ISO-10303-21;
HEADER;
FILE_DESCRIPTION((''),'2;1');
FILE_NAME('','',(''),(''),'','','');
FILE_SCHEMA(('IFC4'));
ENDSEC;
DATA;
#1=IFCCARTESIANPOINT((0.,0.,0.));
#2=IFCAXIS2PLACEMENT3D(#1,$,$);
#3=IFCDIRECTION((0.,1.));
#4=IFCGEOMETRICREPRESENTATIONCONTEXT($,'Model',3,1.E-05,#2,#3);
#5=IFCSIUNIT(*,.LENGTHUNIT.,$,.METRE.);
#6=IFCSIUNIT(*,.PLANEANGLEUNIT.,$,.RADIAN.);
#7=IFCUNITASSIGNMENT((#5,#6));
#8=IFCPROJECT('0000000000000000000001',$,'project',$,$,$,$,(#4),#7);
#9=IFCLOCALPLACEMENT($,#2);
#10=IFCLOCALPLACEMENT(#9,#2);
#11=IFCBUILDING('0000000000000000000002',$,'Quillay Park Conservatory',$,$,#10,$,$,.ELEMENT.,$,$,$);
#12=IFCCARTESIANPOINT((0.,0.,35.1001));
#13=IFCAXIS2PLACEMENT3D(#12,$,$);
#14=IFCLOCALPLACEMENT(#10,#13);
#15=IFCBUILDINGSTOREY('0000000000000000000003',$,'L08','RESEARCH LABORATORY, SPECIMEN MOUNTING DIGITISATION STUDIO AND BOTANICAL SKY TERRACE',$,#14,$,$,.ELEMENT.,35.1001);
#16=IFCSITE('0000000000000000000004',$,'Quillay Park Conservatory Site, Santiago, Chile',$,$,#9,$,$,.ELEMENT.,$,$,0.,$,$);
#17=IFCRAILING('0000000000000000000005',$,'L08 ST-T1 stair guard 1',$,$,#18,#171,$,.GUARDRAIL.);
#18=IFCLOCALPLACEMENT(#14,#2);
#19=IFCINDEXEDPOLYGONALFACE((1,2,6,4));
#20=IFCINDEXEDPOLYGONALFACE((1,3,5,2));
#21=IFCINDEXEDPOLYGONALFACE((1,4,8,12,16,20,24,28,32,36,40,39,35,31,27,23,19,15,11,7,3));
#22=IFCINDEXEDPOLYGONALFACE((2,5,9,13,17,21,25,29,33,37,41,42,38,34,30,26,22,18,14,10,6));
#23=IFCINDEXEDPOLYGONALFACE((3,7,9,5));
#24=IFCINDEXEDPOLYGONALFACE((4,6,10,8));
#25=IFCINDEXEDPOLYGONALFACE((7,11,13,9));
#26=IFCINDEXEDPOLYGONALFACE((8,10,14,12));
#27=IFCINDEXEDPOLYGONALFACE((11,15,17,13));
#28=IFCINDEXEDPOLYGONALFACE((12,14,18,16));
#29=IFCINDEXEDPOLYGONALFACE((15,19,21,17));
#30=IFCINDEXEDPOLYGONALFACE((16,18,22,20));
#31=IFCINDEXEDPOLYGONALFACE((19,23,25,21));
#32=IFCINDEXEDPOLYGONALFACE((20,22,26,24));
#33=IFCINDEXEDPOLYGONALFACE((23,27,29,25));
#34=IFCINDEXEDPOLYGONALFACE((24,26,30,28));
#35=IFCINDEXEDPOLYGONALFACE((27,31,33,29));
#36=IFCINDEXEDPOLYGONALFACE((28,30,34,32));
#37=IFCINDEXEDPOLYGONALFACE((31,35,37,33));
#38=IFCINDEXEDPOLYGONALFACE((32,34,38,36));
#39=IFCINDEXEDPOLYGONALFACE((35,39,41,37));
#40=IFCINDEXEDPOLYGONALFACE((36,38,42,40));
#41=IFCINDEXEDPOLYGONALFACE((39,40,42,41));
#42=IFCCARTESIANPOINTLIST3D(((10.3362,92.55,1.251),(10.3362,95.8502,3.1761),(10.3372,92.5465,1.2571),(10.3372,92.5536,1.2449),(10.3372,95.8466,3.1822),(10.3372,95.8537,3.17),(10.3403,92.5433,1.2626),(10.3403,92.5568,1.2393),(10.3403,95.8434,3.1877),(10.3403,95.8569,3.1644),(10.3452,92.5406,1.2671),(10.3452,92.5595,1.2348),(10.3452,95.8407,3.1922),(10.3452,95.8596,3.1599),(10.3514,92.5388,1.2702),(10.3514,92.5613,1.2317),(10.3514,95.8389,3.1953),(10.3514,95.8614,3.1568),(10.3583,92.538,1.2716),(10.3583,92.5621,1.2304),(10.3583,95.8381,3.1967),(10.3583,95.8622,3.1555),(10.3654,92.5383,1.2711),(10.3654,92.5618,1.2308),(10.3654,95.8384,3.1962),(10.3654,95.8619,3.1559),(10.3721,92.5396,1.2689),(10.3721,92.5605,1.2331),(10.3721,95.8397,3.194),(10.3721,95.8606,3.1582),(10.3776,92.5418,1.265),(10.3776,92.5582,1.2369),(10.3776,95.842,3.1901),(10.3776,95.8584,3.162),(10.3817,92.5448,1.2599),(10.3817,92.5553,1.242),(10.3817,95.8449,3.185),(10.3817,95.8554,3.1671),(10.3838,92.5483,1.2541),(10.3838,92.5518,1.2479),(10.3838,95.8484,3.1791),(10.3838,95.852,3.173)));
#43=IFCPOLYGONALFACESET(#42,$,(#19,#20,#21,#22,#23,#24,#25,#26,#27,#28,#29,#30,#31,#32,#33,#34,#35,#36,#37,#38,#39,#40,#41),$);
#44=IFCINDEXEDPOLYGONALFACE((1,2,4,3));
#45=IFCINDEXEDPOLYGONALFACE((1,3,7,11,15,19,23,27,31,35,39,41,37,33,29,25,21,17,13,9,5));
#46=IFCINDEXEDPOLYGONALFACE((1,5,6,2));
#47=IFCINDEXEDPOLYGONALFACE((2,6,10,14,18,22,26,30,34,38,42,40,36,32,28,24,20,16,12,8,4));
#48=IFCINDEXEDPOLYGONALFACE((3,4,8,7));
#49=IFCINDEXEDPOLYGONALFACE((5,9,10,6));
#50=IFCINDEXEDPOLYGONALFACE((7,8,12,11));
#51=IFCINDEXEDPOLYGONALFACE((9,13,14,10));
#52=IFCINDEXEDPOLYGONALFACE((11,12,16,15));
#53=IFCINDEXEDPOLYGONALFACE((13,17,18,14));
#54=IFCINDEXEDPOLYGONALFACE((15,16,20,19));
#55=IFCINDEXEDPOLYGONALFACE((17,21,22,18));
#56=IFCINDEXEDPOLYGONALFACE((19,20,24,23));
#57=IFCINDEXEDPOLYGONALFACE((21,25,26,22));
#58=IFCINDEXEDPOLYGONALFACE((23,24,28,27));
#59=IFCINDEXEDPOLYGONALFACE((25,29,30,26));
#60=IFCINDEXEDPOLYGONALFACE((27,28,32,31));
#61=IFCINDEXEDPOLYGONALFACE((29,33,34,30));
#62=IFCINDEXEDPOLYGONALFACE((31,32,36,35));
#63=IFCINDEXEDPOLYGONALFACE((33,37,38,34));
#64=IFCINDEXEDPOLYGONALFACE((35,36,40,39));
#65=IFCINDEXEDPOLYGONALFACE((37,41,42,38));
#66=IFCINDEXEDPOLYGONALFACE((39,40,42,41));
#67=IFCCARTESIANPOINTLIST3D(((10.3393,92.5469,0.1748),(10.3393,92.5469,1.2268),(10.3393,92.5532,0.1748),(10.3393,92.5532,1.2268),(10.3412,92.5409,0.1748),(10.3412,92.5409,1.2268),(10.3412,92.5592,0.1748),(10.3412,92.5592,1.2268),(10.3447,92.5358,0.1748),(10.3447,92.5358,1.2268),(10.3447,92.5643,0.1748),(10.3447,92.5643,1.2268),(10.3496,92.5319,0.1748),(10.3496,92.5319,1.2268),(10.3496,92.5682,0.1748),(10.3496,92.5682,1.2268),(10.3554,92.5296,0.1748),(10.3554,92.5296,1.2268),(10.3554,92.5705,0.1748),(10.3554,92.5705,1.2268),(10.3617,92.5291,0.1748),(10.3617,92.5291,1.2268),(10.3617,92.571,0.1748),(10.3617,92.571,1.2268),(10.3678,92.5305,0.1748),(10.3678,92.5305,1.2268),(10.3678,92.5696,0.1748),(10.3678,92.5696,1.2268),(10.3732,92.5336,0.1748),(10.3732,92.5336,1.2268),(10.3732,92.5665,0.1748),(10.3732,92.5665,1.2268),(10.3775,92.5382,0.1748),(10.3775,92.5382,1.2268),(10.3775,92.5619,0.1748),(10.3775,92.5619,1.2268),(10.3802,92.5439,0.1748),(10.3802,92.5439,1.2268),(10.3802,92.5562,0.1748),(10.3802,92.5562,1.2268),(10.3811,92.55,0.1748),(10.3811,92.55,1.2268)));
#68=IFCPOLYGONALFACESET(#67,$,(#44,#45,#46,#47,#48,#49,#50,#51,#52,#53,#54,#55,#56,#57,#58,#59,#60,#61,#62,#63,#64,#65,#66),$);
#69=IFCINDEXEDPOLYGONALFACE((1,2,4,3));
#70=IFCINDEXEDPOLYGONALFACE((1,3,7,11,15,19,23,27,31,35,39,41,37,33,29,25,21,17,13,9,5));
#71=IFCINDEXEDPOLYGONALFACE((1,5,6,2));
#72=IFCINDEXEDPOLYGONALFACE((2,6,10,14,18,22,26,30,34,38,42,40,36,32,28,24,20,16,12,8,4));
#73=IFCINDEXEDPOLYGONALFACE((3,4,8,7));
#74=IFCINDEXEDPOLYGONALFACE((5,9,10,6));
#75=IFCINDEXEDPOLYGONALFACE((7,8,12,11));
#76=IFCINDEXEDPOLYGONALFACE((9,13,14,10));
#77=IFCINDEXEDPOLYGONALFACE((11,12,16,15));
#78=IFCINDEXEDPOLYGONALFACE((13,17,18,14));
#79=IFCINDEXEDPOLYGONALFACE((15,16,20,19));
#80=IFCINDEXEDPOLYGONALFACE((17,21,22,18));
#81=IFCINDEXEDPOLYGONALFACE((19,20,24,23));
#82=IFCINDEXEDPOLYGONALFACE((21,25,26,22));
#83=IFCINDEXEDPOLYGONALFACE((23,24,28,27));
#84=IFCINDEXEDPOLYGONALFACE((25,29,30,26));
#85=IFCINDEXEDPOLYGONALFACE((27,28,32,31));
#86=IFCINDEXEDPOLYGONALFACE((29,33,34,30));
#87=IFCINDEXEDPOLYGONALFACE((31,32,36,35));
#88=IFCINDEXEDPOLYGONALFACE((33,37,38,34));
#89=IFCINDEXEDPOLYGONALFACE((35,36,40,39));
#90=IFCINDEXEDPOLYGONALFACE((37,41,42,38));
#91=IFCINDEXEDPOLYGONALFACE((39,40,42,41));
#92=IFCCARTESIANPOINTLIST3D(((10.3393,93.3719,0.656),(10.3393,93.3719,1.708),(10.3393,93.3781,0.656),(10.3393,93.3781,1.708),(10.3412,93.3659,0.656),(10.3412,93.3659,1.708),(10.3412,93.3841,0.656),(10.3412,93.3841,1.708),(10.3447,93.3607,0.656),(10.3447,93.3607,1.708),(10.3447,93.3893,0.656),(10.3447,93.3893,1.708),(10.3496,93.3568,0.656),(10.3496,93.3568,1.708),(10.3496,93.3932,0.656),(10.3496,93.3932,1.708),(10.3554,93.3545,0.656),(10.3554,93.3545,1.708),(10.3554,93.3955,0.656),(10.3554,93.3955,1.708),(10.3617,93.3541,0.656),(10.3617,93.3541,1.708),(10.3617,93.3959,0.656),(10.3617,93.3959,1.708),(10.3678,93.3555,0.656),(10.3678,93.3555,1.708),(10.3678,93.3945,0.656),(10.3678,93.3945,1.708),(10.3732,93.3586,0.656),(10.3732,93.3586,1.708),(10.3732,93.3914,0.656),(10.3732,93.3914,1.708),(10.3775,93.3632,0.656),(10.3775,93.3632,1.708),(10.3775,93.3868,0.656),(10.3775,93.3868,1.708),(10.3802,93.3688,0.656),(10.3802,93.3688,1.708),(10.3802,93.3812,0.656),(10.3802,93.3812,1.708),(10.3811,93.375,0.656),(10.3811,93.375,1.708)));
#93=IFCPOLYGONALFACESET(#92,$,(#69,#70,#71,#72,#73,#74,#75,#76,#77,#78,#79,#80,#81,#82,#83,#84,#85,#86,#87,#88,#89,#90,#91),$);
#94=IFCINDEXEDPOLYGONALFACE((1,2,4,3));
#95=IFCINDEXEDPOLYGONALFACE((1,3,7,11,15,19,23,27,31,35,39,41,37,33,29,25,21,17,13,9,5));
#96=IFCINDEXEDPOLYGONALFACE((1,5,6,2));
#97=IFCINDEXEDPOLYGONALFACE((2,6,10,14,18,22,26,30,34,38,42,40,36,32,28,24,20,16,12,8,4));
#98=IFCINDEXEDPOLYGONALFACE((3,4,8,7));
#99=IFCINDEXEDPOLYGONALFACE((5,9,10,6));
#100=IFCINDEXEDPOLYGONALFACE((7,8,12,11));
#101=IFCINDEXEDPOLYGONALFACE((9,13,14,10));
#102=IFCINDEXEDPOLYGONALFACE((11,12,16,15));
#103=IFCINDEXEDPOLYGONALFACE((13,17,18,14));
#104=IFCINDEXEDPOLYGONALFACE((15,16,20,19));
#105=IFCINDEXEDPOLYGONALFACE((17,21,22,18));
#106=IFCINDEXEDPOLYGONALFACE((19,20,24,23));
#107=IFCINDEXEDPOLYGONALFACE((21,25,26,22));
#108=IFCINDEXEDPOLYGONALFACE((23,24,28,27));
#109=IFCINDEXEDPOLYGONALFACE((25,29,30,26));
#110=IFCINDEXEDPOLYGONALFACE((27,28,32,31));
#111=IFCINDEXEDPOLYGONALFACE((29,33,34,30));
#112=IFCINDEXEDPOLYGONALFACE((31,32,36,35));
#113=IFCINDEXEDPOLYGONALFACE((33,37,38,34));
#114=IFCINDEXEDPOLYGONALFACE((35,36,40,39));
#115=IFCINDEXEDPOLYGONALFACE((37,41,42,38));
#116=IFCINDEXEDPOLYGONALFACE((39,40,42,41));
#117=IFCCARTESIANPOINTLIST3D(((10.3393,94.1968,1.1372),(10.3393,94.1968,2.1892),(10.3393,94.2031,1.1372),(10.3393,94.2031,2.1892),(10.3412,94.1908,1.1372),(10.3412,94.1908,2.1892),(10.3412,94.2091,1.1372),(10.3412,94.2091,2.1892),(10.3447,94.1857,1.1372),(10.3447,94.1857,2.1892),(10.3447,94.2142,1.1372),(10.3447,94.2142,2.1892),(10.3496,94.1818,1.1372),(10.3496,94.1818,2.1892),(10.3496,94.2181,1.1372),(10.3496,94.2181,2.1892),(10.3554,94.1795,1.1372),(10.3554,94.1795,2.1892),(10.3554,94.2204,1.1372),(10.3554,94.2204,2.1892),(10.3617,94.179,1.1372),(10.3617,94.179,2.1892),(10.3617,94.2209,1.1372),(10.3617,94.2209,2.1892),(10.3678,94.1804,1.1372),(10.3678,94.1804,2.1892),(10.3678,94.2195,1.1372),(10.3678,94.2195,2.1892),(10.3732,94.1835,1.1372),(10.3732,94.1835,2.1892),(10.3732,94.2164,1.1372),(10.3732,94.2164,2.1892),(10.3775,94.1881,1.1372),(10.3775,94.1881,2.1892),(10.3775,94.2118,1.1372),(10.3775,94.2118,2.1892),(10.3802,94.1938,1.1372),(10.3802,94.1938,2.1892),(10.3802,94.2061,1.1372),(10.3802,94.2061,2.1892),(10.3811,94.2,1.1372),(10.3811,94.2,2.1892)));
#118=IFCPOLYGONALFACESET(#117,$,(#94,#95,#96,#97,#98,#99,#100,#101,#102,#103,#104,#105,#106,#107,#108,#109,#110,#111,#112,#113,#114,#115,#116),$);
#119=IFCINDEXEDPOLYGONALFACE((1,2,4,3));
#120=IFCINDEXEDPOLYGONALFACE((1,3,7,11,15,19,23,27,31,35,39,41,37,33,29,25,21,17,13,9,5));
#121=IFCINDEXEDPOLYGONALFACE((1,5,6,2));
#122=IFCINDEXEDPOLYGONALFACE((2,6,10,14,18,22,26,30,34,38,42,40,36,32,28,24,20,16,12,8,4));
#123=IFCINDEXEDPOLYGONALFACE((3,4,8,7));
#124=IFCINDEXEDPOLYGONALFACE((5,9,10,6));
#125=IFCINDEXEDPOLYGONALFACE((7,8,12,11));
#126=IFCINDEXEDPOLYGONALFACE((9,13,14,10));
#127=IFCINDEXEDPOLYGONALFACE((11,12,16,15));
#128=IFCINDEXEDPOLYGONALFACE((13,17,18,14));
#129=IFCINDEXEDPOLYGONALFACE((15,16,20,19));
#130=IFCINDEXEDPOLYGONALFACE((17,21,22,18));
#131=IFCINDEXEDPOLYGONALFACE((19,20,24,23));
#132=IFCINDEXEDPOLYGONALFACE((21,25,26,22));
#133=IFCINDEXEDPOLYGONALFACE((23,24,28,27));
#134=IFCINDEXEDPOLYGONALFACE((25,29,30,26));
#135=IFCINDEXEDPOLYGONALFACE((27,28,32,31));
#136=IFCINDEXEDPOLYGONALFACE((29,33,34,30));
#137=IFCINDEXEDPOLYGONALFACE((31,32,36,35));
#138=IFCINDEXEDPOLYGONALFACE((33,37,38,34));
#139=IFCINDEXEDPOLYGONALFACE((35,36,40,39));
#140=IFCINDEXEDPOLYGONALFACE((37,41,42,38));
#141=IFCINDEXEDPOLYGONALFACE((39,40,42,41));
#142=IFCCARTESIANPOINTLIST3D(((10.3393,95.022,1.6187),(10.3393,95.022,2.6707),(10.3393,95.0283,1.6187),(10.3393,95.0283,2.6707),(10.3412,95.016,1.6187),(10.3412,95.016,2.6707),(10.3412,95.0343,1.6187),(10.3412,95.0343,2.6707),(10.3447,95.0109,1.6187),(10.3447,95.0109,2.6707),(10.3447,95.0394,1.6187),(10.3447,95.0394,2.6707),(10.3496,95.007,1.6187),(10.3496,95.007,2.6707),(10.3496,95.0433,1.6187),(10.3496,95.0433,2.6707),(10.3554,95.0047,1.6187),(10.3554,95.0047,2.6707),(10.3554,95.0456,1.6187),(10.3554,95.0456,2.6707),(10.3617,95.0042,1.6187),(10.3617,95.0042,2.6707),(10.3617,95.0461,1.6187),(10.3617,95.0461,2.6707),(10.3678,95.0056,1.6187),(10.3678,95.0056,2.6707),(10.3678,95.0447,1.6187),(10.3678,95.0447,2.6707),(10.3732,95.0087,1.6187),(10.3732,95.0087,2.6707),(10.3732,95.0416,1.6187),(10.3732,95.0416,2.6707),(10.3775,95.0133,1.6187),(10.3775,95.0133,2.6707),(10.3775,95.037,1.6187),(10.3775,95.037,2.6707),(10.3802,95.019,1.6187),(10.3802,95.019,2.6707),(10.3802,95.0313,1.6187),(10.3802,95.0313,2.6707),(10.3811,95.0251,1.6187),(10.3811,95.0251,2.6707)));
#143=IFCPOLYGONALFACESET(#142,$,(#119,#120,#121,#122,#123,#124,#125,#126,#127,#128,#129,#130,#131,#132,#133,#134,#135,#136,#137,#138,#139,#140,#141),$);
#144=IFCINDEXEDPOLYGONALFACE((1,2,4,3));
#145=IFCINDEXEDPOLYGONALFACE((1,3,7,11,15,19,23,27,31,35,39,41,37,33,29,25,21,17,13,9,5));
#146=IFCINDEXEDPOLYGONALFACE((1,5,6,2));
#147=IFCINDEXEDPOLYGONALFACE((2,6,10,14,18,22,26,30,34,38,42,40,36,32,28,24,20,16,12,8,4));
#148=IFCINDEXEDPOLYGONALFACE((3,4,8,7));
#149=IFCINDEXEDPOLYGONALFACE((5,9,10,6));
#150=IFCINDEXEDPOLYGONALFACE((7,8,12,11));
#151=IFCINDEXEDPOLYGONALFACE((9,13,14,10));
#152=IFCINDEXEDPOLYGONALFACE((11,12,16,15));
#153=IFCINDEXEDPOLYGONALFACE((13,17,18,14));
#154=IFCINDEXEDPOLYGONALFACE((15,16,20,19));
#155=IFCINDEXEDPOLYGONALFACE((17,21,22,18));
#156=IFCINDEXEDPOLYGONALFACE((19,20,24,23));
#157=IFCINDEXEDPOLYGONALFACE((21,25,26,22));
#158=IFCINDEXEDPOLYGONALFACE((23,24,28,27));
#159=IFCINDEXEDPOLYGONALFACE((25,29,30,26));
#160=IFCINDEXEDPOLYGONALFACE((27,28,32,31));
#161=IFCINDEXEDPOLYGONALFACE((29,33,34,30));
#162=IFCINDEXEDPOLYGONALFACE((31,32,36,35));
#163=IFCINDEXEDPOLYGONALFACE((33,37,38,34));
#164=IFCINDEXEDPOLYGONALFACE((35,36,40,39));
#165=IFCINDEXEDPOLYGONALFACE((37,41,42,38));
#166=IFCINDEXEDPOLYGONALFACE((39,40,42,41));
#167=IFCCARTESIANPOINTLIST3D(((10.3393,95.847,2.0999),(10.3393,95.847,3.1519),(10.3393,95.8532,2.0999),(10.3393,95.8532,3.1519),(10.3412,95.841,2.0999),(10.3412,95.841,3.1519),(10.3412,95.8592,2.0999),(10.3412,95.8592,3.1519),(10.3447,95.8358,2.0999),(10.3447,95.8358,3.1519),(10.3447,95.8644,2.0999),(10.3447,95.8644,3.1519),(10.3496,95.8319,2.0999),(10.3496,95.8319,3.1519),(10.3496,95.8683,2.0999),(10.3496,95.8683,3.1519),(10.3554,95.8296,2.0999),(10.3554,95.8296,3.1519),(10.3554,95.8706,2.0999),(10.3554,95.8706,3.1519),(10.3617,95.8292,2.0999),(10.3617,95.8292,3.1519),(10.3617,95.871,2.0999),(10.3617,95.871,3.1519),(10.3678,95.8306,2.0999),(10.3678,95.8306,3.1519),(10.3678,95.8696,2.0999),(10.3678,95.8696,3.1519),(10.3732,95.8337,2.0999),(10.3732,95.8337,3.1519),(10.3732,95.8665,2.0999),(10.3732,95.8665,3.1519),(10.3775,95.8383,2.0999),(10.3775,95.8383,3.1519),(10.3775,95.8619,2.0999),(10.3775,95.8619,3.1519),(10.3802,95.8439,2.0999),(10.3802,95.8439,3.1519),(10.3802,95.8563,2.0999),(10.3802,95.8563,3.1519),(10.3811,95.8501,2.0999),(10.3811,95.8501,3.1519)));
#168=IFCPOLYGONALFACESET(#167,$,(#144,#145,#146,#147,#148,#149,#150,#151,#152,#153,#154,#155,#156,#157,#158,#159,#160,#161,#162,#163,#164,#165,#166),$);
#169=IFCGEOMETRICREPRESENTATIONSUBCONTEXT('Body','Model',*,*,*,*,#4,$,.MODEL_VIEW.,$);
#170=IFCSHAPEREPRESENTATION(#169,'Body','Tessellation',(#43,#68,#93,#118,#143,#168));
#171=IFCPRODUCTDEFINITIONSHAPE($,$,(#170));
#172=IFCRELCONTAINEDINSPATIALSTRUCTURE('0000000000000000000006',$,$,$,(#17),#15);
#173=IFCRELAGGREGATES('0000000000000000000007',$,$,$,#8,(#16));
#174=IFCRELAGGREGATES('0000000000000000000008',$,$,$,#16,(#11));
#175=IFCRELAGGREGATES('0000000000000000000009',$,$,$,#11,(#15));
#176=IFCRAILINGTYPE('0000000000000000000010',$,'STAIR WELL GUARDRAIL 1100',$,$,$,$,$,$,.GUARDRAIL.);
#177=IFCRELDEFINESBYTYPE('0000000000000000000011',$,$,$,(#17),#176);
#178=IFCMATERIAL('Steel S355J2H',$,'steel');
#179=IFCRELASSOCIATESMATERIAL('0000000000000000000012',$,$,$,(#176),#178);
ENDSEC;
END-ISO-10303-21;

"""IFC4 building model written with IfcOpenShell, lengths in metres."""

from ifc_helpers import new_model, si_unit, direction, frame, origin, origin_2d, place, context, subcontext, project, spatial, circle, extrude, material, type_object, element, save


model = new_model("IFC4")

# Units and contexts
model_context = context("Model", 3, precision=1e-05, world=origin(), true_north=direction((0.0, 1.0)))
body_context = subcontext(model_context, "Body", "Model", "MODEL_VIEW")
ifc_project = project(units=[si_unit("LENGTHUNIT", "METRE"), si_unit("PLANEANGLEUNIT", "RADIAN")], contexts=[model_context])

# Site, building, storey
site_placement = place(None, origin())
site = spatial("IfcSite", under=ifc_project, at=site_placement, Name="Quillay Park Conservatory Site, Santiago, Chile", CompositionType="ELEMENT", RefElevation=0.0)
building_placement = place(site_placement, origin())
building = spatial("IfcBuilding", under=site, at=building_placement, Name="Quillay Park Conservatory", CompositionType="ELEMENT")
storey_placement = place(building_placement, frame((0.0, 0.0, 35.1001)))
storey = spatial("IfcBuildingStorey", under=building, at=storey_placement, Name="L08", Description="RESEARCH LABORATORY, SPECIMEN MOUNTING DIGITISATION STUDIO AND BOTANICAL SKY TERRACE", CompositionType="ELEMENT", Elevation=35.1001)

# Railing
ifc_material_1 = material(Name="Steel S355J2H", Category="steel")
railing_type_1 = type_object("IfcRailingType", Name="STAIR WELL GUARDRAIL 1100", PredefinedType="GUARDRAIL", material=ifc_material_1)
railing_1_placement = place(storey_placement, frame((10.3601, 92.55, 0.1748)))
element("IfcRailing", 1, at=railing_1_placement, inside=storey, type_object=railing_type_1, Name="L08 ST-T1 stair guard 1", PredefinedType="GUARDRAIL", context=body_context, shape_type="SweptSolid", body=[
    extrude(circle(Radius=0.0239, at=origin_2d()), frame((0.0, 0.0, 1.0762), z_axis=(0.0, 0.863777, 0.503875), x_axis=(-1.0, 0.0, 0.0)), (0.0, 0.0, 1.0), 3.8206),
    extrude(circle(Radius=0.021, at=origin_2d()), origin(), (0.0, 0.0, 1.0), 1.052),
    extrude(circle(Radius=0.021, at=origin_2d()), frame((0.0, 0.825, 0.4812)), (0.0, 0.0, 1.0), 1.052),
    extrude(circle(Radius=0.021, at=origin_2d()), frame((0.0, 1.6499, 0.9624)), (0.0, 0.0, 1.0), 1.052),
    extrude(circle(Radius=0.021, at=origin_2d()), frame((0.0, 2.4751, 1.4438)), (0.0, 0.0, 1.0), 1.052),
    extrude(circle(Radius=0.021, at=origin_2d()), frame((0.0, 3.3, 1.925)), (0.0, 0.0, 1.0), 1.052),
])

save(model, "model.ifc")
